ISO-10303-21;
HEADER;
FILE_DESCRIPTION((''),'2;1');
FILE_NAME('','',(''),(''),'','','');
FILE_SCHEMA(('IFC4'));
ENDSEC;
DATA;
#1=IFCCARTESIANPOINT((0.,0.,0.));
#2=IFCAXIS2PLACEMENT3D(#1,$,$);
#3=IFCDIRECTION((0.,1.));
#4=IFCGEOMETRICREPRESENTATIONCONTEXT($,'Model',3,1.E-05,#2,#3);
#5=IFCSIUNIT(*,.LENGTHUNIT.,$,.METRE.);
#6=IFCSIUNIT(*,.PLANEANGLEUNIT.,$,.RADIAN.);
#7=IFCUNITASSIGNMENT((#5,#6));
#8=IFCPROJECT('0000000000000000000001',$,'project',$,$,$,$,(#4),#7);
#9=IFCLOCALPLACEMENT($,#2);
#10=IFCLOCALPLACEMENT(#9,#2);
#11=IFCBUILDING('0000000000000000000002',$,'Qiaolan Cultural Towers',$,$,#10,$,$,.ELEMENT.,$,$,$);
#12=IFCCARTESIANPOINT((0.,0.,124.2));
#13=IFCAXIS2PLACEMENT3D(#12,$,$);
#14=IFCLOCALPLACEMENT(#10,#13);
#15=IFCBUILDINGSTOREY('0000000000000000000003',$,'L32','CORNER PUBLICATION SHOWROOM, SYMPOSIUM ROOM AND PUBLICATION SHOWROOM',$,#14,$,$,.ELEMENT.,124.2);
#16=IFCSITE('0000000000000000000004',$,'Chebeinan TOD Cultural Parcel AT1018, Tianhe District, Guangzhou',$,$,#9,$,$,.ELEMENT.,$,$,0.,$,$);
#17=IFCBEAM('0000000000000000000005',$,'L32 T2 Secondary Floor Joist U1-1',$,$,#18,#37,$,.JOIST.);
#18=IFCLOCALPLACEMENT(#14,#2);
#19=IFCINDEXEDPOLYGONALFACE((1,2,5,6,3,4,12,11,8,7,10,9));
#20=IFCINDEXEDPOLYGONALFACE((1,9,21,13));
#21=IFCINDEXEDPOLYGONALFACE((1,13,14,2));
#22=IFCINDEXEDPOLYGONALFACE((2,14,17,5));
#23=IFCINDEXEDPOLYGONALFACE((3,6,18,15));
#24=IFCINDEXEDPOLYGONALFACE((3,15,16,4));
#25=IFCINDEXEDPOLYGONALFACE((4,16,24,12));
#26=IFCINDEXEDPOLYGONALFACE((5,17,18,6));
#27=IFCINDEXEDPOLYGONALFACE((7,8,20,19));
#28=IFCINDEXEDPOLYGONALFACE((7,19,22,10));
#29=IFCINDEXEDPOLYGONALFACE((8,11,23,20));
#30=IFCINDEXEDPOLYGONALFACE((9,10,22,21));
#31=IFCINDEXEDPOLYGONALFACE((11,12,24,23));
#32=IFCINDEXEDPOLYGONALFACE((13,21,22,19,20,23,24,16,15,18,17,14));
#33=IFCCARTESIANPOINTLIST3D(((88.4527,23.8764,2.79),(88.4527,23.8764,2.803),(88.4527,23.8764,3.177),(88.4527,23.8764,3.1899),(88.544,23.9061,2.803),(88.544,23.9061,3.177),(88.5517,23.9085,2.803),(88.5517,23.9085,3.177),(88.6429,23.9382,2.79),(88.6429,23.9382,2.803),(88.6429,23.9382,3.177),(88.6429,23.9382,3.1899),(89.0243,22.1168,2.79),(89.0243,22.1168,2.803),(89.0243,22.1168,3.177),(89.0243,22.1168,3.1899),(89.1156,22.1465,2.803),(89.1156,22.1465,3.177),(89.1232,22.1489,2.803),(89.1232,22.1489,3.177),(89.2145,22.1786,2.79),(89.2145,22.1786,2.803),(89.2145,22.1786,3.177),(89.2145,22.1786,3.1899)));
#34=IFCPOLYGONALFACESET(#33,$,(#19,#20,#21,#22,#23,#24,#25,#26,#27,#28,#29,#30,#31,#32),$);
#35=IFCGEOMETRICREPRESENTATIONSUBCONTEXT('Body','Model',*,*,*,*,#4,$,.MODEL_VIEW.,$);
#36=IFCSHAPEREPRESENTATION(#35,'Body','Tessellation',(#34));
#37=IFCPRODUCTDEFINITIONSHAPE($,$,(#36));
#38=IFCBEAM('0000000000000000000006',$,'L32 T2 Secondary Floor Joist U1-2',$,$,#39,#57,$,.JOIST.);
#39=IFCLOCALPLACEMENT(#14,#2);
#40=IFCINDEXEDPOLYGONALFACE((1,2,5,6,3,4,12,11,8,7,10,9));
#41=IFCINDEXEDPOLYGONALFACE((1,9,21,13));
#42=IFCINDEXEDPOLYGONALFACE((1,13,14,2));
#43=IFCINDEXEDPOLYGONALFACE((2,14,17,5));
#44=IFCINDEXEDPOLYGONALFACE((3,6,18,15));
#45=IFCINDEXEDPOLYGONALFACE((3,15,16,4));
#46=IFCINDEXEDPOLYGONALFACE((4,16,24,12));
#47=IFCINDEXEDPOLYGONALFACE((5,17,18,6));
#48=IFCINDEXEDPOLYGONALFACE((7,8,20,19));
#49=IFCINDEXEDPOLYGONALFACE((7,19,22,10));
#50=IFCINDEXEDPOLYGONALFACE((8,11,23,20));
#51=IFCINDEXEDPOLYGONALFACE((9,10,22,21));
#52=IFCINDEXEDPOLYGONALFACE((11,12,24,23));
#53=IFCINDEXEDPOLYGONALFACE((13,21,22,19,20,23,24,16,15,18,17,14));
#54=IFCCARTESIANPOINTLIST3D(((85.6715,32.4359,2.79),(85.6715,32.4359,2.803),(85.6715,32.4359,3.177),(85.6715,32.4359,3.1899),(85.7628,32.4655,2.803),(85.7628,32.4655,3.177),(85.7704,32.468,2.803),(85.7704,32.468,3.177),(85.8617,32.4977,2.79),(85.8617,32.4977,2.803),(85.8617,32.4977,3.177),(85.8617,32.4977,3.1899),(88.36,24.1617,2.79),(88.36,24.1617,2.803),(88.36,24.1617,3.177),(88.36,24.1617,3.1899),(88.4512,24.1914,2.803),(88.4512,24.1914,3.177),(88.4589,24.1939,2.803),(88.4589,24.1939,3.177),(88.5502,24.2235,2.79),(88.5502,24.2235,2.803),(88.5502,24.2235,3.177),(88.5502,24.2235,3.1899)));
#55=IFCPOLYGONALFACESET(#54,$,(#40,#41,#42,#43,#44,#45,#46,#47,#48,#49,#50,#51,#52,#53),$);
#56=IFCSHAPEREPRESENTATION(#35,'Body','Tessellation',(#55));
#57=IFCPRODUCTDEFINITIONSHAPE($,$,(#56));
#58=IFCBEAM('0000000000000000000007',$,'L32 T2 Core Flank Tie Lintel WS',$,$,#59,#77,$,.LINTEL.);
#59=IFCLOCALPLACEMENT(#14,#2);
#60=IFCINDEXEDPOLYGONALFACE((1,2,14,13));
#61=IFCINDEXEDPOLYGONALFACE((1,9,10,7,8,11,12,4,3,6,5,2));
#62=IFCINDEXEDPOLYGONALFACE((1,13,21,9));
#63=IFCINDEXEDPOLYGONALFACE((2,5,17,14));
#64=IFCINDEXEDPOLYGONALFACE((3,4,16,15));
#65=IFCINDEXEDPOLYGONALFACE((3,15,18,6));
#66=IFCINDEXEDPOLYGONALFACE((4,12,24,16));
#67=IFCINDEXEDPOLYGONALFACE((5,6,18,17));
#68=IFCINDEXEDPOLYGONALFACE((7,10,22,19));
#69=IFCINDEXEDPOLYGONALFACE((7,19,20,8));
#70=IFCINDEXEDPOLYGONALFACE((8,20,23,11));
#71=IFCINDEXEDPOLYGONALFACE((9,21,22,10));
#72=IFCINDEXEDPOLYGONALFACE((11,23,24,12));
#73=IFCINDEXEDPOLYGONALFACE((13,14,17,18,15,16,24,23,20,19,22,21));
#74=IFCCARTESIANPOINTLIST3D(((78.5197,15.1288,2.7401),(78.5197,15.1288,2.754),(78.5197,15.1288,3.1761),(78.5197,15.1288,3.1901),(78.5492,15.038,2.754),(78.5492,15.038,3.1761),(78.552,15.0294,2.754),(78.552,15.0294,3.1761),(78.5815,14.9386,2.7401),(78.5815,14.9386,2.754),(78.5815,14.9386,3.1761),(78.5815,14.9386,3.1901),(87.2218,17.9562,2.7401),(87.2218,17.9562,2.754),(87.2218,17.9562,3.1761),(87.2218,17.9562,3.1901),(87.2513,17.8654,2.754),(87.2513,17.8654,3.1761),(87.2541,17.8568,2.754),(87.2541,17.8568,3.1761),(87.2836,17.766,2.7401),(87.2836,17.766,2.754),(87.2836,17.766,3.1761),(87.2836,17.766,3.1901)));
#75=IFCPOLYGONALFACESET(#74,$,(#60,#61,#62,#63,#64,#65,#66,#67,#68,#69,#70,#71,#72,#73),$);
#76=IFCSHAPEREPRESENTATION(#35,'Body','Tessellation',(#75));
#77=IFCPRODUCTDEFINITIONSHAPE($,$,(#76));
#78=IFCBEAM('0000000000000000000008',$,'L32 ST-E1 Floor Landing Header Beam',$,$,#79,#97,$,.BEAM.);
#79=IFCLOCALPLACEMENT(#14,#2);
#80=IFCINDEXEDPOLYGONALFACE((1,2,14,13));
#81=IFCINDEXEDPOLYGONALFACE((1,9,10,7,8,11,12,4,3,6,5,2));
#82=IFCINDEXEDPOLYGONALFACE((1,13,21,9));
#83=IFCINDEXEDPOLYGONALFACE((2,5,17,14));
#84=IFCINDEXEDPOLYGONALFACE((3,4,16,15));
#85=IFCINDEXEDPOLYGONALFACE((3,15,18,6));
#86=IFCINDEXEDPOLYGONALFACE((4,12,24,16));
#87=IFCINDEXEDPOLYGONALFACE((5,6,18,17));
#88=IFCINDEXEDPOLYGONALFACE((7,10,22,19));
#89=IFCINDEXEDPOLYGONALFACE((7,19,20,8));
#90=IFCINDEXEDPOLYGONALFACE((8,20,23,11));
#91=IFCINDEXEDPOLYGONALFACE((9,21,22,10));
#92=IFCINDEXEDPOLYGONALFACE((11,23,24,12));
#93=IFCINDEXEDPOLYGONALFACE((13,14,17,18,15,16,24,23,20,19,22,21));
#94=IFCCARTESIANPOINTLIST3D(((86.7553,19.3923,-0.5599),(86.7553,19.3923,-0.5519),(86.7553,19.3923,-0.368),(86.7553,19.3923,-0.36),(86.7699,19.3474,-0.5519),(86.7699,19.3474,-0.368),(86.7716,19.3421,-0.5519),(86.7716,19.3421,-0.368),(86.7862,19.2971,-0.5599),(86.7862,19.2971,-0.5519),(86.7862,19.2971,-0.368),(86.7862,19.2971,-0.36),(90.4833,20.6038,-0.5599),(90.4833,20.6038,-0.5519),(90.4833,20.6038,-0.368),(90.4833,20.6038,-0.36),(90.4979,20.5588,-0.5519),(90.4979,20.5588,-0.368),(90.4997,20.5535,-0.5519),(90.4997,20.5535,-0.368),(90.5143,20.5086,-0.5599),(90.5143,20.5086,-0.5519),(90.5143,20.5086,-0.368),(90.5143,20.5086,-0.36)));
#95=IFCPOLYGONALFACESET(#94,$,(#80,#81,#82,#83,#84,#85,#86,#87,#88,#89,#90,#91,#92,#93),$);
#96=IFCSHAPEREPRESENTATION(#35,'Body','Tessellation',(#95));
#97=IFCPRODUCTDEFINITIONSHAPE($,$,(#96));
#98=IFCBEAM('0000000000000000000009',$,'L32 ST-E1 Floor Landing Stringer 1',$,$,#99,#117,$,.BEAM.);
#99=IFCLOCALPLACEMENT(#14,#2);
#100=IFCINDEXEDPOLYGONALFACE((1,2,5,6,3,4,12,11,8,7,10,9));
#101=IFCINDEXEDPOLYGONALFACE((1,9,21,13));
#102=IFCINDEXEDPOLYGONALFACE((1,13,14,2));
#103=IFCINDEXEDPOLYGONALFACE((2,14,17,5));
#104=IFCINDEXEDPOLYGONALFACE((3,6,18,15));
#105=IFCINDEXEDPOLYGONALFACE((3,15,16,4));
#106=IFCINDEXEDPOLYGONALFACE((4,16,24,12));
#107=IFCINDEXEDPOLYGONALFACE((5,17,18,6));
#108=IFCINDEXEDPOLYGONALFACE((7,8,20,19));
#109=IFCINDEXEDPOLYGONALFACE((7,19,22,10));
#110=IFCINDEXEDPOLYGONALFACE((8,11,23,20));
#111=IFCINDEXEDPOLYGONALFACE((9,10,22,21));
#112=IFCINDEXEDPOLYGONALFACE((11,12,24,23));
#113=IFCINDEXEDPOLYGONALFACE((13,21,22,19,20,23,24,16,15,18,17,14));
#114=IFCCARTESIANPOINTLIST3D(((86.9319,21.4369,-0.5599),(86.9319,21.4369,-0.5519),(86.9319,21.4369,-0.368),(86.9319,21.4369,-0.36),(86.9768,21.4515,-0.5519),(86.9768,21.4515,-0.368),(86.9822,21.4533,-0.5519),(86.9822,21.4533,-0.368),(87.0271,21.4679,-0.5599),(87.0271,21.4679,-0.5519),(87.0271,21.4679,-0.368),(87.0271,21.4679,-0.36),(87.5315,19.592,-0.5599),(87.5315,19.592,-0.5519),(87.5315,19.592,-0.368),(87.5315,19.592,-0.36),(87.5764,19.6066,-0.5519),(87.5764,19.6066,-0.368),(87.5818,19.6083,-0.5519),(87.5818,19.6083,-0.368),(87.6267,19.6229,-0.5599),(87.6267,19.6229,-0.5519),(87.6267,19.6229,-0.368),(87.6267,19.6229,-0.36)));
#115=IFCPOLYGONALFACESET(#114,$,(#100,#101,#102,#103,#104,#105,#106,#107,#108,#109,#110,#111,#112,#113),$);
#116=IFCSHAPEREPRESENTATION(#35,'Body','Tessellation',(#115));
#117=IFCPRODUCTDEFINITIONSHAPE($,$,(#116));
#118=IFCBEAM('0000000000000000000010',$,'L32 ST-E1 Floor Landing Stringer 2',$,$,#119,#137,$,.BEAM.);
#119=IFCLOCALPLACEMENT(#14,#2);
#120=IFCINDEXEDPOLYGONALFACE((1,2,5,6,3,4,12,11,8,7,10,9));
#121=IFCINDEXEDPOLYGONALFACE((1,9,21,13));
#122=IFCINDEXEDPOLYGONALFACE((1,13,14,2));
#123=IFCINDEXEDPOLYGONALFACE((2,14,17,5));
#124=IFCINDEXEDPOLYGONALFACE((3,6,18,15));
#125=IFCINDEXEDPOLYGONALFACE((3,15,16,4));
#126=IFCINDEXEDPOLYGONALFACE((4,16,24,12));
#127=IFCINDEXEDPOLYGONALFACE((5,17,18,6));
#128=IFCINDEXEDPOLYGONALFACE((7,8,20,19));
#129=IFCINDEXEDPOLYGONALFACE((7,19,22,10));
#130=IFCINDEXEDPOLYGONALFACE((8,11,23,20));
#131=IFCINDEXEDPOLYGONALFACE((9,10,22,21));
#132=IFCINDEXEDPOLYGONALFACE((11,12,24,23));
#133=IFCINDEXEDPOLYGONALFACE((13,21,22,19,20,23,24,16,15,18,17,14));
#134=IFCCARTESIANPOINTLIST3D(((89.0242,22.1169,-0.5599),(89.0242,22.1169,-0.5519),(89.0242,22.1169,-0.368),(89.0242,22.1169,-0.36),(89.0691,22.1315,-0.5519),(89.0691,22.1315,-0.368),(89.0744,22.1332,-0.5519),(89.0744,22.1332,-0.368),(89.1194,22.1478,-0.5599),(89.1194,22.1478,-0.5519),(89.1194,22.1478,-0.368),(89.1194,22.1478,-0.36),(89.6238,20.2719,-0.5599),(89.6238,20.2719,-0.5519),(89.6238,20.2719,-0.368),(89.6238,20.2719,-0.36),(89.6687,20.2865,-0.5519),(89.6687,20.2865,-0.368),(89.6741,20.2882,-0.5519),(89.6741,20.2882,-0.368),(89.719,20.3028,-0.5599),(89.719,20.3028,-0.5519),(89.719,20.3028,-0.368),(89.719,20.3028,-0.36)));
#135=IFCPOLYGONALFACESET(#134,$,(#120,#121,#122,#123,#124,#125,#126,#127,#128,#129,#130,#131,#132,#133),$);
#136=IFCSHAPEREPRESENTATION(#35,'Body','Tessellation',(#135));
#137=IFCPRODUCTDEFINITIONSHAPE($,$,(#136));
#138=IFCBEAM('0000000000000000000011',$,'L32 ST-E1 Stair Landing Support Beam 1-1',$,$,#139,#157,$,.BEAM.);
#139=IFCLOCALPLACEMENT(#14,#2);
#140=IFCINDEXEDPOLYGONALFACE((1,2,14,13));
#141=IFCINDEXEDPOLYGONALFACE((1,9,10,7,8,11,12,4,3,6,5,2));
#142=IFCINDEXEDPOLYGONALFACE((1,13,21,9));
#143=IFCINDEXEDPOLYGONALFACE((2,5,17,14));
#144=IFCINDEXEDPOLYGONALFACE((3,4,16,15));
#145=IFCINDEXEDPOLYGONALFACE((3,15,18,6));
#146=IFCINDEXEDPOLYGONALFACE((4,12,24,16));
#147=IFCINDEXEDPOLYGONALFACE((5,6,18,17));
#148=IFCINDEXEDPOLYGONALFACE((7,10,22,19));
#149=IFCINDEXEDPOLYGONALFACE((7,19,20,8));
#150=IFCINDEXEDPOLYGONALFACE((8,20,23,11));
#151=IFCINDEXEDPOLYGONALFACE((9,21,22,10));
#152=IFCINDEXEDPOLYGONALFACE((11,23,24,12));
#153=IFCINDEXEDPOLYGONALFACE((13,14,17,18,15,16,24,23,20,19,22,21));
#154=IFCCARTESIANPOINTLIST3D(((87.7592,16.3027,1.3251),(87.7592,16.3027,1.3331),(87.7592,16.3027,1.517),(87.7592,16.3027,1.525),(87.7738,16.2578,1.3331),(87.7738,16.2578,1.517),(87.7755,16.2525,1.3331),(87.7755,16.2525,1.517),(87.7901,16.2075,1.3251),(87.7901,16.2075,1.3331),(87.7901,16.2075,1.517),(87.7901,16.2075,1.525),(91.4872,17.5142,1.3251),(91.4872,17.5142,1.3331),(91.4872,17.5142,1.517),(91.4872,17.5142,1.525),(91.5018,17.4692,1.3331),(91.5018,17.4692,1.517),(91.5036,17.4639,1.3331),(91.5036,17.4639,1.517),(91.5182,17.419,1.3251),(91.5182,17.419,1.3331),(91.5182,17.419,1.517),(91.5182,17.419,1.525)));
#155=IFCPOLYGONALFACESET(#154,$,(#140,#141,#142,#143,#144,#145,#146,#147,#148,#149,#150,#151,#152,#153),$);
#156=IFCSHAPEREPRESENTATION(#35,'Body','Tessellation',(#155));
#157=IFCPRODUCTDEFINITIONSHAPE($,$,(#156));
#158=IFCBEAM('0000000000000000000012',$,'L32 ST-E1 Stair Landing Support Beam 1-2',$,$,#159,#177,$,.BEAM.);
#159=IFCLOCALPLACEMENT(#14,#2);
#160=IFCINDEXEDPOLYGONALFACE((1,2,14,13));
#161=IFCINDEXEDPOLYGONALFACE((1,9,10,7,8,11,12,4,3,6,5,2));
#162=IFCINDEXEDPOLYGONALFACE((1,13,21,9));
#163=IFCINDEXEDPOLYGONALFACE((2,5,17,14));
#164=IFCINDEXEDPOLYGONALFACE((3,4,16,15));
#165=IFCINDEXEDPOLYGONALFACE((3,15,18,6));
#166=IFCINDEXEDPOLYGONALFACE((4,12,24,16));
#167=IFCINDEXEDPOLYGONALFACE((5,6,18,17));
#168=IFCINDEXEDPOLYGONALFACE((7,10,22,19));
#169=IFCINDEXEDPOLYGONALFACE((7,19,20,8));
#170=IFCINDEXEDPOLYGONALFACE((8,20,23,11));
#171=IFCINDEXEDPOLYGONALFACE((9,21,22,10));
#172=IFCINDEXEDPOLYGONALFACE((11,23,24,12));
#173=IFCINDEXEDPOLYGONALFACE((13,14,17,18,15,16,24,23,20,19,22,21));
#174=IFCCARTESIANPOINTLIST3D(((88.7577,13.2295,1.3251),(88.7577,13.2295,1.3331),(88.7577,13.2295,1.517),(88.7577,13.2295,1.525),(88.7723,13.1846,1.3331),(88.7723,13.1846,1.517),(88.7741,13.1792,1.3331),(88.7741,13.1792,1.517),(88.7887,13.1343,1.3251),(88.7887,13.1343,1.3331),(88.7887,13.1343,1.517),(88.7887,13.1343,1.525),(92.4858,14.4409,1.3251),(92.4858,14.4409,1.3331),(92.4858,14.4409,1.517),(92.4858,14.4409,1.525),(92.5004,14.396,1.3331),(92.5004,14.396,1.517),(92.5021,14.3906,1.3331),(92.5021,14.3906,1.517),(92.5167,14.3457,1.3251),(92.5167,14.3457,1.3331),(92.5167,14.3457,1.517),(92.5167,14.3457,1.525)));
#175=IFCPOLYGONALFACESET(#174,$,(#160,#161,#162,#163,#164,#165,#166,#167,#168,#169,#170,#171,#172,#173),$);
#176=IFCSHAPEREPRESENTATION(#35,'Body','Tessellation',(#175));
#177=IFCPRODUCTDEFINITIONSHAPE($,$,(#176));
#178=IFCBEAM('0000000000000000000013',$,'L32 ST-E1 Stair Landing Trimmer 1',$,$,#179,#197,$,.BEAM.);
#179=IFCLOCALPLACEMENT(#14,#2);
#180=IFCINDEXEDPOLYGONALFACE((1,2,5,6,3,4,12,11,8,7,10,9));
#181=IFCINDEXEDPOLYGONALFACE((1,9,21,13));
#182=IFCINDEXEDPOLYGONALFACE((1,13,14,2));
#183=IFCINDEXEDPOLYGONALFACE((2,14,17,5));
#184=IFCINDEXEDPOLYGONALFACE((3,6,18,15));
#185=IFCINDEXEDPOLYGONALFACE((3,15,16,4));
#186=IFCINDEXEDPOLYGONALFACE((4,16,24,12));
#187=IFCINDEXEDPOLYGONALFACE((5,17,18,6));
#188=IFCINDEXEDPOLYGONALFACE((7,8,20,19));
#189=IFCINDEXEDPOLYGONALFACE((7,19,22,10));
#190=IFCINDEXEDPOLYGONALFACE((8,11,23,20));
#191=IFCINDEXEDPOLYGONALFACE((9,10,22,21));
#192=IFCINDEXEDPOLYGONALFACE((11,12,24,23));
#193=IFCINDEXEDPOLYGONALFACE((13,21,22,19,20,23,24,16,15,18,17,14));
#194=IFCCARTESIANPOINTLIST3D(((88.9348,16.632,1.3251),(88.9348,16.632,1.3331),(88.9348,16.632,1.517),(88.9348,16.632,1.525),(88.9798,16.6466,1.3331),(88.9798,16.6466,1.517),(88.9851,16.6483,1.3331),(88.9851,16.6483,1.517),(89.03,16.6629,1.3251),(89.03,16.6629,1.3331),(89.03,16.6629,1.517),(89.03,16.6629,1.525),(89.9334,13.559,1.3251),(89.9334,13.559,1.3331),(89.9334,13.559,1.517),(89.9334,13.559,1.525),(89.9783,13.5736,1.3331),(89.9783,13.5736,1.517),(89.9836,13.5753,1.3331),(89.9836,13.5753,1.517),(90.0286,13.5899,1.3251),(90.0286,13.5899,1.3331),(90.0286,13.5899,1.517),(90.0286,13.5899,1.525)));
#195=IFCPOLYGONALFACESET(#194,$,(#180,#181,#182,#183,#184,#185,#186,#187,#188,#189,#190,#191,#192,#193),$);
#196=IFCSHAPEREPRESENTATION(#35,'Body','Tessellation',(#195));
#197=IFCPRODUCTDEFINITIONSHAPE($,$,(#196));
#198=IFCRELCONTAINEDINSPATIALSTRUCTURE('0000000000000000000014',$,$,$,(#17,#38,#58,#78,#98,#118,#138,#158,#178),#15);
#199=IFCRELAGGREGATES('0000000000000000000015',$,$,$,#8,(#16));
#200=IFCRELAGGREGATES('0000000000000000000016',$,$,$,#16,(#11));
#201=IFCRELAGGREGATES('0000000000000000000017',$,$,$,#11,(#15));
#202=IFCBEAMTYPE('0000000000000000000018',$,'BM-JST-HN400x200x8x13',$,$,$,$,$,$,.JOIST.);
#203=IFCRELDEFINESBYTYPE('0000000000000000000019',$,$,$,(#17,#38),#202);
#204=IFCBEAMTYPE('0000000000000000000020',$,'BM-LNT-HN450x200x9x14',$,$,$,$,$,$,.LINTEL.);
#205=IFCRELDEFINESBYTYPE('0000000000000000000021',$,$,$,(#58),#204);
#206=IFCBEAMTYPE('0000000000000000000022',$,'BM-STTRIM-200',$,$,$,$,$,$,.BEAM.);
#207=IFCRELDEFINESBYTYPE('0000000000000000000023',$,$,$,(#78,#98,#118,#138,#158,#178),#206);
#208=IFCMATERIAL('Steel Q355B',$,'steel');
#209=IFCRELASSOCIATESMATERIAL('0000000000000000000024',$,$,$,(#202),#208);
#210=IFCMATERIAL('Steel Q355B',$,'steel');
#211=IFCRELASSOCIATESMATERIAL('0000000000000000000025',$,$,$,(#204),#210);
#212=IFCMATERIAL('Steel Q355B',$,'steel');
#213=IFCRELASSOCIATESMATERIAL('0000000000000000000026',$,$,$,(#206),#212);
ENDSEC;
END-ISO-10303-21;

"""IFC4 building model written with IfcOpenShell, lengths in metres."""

from ifc_helpers import new_model, si_unit, direction, frame, origin, origin_2d, place, context, subcontext, project, spatial, i_section, extrude, material, material_profile, profile_set, type_object, element, save


model = new_model("IFC4")

# Units and contexts
model_context = context("Model", 3, precision=1e-05, world=origin(), true_north=direction((0.0, 1.0)))
body_context = subcontext(model_context, "Body", "Model", "MODEL_VIEW")
ifc_project = project(units=[si_unit("LENGTHUNIT", "METRE"), si_unit("PLANEANGLEUNIT", "RADIAN")], contexts=[model_context])

# Site, building, storey
site_placement = place(None, origin())
site = spatial("IfcSite", under=ifc_project, at=site_placement, Name="Chebeinan TOD Cultural Parcel AT1018, Tianhe District, Guangzhou", CompositionType="ELEMENT", RefElevation=0.0)
building_placement = place(site_placement, origin())
building = spatial("IfcBuilding", under=site, at=building_placement, Name="Qiaolan Cultural Towers", CompositionType="ELEMENT")
storey_placement = place(building_placement, frame((0.0, 0.0, 124.2)))
storey = spatial("IfcBuildingStorey", under=building, at=storey_placement, Name="L32", Description="CORNER PUBLICATION SHOWROOM, SYMPOSIUM ROOM AND PUBLICATION SHOWROOM", CompositionType="ELEMENT", Elevation=124.2)

# Beams
ifc_material_1 = material(Name="Steel Q355B", Category="steel")
ifc_material_profile_1 = material_profile(ifc_material_1, i_section(OverallWidth=0.2, OverallDepth=0.3999, WebThickness=0.0081, FlangeThickness=0.0129, at=origin_2d()), Name="HN400x200x8x13")
ifc_profile_set_1 = profile_set([ifc_material_profile_1], Name="Steel Q355B")
beam_type_1 = type_object("IfcBeamType", Name="BM-JST-HN400x200x8x13", PredefinedType="JOIST", material=ifc_profile_set_1)
beam_1_placement = place(storey_placement, frame((89.1194, 22.1477, 2.99), z_axis=(-0.308934, 0.951084, 0.0), x_axis=(-0.951084, -0.308934, 0.0)))
element("IfcBeam", 1, at=beam_1_placement, inside=storey, type_object=beam_type_1, Name="L32 T2 Secondary Floor Joist U1-1", PredefinedType="JOIST", context=body_context, shape_type="SweptSolid", body=[
    extrude(i_section(OverallWidth=0.2, OverallDepth=0.3999, WebThickness=0.0081, FlangeThickness=0.0129, at=origin_2d()), origin(), (0.0, 0.0, 1.0), 1.8501),
])
beam_2_placement = place(storey_placement, frame((88.4551, 24.1926, 2.99), z_axis=(-0.309021, 0.951055, 0.0), x_axis=(-0.951055, -0.309021, 0.0)))
element("IfcBeam", 2, at=beam_2_placement, inside=storey, type_object=beam_type_1, Name="L32 T2 Secondary Floor Joist U1-2", PredefinedType="JOIST", context=body_context, shape_type="SweptSolid", body=[
    extrude(i_section(OverallWidth=0.2, OverallDepth=0.3999, WebThickness=0.0081, FlangeThickness=0.0129, at=origin_2d()), origin(), (0.0, 0.0, 1.0), 8.7),
])
ifc_material_2 = material(Name="Steel Q355B", Category="steel")
ifc_material_profile_2 = material_profile(ifc_material_2, i_section(OverallWidth=0.2, OverallDepth=0.45, WebThickness=0.009, FlangeThickness=0.0139, at=origin_2d()), Name="HN450x200x9x14")
ifc_profile_set_2 = profile_set([ifc_material_profile_2], Name="Steel Q355B")
beam_type_2 = type_object("IfcBeamType", Name="BM-LNT-HN450x200x9x14", PredefinedType="LINTEL", material=ifc_profile_set_2)
beam_3_placement = place(storey_placement, frame((87.2527, 17.8611, 2.9651), z_axis=(-0.95106, -0.309006, 0.0), x_axis=(0.309006, -0.95106, 0.0)))
element("IfcBeam", 3, at=beam_3_placement, inside=storey, type_object=beam_type_2, Name="L32 T2 Core Flank Tie Lintel WS", PredefinedType="LINTEL", context=body_context, shape_type="SweptSolid", body=[
    extrude(i_section(OverallWidth=0.2, OverallDepth=0.45, WebThickness=0.009, FlangeThickness=0.0139, at=origin_2d()), origin(), (0.0, 0.0, 1.0), 9.1499),
])
ifc_material_3 = material(Name="Steel Q355B", Category="steel")
ifc_material_profile_3 = material_profile(ifc_material_3, i_section(OverallWidth=0.1001, OverallDepth=0.2, WebThickness=0.0056, FlangeThickness=0.0081, at=origin_2d()), Name="HN200x100x5.5x8")
ifc_profile_set_3 = profile_set([ifc_material_profile_3], Name="Steel Q355B")
beam_type_3 = type_object("IfcBeamType", Name="BM-STTRIM-200", PredefinedType="BEAM", material=ifc_profile_set_3)
beam_4_placement = place(storey_placement, frame((86.7708, 19.3447, -0.46), z_axis=(0.951048, 0.309044, 0.0), x_axis=(-0.309044, 0.951048, 0.0)))
element("IfcBeam", 4, at=beam_4_placement, inside=storey, type_object=beam_type_3, Name="L32 ST-E1 Floor Landing Header Beam", PredefinedType="BEAM", context=body_context, shape_type="SweptSolid", body=[
    extrude(i_section(OverallWidth=0.1001, OverallDepth=0.2, WebThickness=0.0056, FlangeThickness=0.0081, at=origin_2d()), origin(), (0.0, 0.0, 1.0), 3.9199),
])
for number, where, z_axis, x_axis, name in (
    (5, (86.9795, 21.4524, -0.46), (0.309083, -0.951035, 0.0), (0.951035, 0.309083, 0.0), "L32 ST-E1 Floor Landing Stringer 1"),
    (6, (89.0718, 22.1323, -0.46), (0.309083, -0.951035, 0.0), (0.951035, 0.309083, 0.0), "L32 ST-E1 Floor Landing Stringer 2"),
):
    element("IfcBeam", number, at=place(storey_placement, frame(where, z_axis=z_axis, x_axis=x_axis)), inside=storey, type_object=beam_type_3, Name=name, PredefinedType="BEAM", context=body_context, shape_type="SweptSolid", body=[
        extrude(i_section(OverallWidth=0.1001, OverallDepth=0.2, WebThickness=0.0056, FlangeThickness=0.0081, at=origin_2d()), origin(), (0.0, 0.0, 1.0), 1.9399),
    ])
for number, where, z_axis, x_axis, name in (
    (7, (87.7747, 16.2551, 1.425), (0.951048, 0.309044, 0.0), (-0.309044, 0.951048, 0.0), "L32 ST-E1 Stair Landing Support Beam 1-1"),
    (8, (88.7732, 13.1819, 1.425), (0.951048, 0.309044, 0.0), (-0.309044, 0.951048, 0.0), "L32 ST-E1 Stair Landing Support Beam 1-2"),
):
    element("IfcBeam", number, at=place(storey_placement, frame(where, z_axis=z_axis, x_axis=x_axis)), inside=storey, type_object=beam_type_3, Name=name, PredefinedType="BEAM", context=body_context, shape_type="SweptSolid", body=[
        extrude(i_section(OverallWidth=0.1001, OverallDepth=0.2, WebThickness=0.0056, FlangeThickness=0.0081, at=origin_2d()), origin(), (0.0, 0.0, 1.0), 3.9199),
    ])
beam_5_placement = place(storey_placement, frame((88.9824, 16.6475, 1.425), z_axis=(0.309033, -0.951051, 0.0), x_axis=(0.951051, 0.309033, 0.0)))
element("IfcBeam", 9, at=beam_5_placement, inside=storey, type_object=beam_type_3, Name="L32 ST-E1 Stair Landing Trimmer 1", PredefinedType="BEAM", context=body_context, shape_type="SweptSolid", body=[
    extrude(i_section(OverallWidth=0.1001, OverallDepth=0.2, WebThickness=0.0056, FlangeThickness=0.0081, at=origin_2d()), origin(), (0.0, 0.0, 1.0), 3.2312),
])

save(model, "model.ifc")
